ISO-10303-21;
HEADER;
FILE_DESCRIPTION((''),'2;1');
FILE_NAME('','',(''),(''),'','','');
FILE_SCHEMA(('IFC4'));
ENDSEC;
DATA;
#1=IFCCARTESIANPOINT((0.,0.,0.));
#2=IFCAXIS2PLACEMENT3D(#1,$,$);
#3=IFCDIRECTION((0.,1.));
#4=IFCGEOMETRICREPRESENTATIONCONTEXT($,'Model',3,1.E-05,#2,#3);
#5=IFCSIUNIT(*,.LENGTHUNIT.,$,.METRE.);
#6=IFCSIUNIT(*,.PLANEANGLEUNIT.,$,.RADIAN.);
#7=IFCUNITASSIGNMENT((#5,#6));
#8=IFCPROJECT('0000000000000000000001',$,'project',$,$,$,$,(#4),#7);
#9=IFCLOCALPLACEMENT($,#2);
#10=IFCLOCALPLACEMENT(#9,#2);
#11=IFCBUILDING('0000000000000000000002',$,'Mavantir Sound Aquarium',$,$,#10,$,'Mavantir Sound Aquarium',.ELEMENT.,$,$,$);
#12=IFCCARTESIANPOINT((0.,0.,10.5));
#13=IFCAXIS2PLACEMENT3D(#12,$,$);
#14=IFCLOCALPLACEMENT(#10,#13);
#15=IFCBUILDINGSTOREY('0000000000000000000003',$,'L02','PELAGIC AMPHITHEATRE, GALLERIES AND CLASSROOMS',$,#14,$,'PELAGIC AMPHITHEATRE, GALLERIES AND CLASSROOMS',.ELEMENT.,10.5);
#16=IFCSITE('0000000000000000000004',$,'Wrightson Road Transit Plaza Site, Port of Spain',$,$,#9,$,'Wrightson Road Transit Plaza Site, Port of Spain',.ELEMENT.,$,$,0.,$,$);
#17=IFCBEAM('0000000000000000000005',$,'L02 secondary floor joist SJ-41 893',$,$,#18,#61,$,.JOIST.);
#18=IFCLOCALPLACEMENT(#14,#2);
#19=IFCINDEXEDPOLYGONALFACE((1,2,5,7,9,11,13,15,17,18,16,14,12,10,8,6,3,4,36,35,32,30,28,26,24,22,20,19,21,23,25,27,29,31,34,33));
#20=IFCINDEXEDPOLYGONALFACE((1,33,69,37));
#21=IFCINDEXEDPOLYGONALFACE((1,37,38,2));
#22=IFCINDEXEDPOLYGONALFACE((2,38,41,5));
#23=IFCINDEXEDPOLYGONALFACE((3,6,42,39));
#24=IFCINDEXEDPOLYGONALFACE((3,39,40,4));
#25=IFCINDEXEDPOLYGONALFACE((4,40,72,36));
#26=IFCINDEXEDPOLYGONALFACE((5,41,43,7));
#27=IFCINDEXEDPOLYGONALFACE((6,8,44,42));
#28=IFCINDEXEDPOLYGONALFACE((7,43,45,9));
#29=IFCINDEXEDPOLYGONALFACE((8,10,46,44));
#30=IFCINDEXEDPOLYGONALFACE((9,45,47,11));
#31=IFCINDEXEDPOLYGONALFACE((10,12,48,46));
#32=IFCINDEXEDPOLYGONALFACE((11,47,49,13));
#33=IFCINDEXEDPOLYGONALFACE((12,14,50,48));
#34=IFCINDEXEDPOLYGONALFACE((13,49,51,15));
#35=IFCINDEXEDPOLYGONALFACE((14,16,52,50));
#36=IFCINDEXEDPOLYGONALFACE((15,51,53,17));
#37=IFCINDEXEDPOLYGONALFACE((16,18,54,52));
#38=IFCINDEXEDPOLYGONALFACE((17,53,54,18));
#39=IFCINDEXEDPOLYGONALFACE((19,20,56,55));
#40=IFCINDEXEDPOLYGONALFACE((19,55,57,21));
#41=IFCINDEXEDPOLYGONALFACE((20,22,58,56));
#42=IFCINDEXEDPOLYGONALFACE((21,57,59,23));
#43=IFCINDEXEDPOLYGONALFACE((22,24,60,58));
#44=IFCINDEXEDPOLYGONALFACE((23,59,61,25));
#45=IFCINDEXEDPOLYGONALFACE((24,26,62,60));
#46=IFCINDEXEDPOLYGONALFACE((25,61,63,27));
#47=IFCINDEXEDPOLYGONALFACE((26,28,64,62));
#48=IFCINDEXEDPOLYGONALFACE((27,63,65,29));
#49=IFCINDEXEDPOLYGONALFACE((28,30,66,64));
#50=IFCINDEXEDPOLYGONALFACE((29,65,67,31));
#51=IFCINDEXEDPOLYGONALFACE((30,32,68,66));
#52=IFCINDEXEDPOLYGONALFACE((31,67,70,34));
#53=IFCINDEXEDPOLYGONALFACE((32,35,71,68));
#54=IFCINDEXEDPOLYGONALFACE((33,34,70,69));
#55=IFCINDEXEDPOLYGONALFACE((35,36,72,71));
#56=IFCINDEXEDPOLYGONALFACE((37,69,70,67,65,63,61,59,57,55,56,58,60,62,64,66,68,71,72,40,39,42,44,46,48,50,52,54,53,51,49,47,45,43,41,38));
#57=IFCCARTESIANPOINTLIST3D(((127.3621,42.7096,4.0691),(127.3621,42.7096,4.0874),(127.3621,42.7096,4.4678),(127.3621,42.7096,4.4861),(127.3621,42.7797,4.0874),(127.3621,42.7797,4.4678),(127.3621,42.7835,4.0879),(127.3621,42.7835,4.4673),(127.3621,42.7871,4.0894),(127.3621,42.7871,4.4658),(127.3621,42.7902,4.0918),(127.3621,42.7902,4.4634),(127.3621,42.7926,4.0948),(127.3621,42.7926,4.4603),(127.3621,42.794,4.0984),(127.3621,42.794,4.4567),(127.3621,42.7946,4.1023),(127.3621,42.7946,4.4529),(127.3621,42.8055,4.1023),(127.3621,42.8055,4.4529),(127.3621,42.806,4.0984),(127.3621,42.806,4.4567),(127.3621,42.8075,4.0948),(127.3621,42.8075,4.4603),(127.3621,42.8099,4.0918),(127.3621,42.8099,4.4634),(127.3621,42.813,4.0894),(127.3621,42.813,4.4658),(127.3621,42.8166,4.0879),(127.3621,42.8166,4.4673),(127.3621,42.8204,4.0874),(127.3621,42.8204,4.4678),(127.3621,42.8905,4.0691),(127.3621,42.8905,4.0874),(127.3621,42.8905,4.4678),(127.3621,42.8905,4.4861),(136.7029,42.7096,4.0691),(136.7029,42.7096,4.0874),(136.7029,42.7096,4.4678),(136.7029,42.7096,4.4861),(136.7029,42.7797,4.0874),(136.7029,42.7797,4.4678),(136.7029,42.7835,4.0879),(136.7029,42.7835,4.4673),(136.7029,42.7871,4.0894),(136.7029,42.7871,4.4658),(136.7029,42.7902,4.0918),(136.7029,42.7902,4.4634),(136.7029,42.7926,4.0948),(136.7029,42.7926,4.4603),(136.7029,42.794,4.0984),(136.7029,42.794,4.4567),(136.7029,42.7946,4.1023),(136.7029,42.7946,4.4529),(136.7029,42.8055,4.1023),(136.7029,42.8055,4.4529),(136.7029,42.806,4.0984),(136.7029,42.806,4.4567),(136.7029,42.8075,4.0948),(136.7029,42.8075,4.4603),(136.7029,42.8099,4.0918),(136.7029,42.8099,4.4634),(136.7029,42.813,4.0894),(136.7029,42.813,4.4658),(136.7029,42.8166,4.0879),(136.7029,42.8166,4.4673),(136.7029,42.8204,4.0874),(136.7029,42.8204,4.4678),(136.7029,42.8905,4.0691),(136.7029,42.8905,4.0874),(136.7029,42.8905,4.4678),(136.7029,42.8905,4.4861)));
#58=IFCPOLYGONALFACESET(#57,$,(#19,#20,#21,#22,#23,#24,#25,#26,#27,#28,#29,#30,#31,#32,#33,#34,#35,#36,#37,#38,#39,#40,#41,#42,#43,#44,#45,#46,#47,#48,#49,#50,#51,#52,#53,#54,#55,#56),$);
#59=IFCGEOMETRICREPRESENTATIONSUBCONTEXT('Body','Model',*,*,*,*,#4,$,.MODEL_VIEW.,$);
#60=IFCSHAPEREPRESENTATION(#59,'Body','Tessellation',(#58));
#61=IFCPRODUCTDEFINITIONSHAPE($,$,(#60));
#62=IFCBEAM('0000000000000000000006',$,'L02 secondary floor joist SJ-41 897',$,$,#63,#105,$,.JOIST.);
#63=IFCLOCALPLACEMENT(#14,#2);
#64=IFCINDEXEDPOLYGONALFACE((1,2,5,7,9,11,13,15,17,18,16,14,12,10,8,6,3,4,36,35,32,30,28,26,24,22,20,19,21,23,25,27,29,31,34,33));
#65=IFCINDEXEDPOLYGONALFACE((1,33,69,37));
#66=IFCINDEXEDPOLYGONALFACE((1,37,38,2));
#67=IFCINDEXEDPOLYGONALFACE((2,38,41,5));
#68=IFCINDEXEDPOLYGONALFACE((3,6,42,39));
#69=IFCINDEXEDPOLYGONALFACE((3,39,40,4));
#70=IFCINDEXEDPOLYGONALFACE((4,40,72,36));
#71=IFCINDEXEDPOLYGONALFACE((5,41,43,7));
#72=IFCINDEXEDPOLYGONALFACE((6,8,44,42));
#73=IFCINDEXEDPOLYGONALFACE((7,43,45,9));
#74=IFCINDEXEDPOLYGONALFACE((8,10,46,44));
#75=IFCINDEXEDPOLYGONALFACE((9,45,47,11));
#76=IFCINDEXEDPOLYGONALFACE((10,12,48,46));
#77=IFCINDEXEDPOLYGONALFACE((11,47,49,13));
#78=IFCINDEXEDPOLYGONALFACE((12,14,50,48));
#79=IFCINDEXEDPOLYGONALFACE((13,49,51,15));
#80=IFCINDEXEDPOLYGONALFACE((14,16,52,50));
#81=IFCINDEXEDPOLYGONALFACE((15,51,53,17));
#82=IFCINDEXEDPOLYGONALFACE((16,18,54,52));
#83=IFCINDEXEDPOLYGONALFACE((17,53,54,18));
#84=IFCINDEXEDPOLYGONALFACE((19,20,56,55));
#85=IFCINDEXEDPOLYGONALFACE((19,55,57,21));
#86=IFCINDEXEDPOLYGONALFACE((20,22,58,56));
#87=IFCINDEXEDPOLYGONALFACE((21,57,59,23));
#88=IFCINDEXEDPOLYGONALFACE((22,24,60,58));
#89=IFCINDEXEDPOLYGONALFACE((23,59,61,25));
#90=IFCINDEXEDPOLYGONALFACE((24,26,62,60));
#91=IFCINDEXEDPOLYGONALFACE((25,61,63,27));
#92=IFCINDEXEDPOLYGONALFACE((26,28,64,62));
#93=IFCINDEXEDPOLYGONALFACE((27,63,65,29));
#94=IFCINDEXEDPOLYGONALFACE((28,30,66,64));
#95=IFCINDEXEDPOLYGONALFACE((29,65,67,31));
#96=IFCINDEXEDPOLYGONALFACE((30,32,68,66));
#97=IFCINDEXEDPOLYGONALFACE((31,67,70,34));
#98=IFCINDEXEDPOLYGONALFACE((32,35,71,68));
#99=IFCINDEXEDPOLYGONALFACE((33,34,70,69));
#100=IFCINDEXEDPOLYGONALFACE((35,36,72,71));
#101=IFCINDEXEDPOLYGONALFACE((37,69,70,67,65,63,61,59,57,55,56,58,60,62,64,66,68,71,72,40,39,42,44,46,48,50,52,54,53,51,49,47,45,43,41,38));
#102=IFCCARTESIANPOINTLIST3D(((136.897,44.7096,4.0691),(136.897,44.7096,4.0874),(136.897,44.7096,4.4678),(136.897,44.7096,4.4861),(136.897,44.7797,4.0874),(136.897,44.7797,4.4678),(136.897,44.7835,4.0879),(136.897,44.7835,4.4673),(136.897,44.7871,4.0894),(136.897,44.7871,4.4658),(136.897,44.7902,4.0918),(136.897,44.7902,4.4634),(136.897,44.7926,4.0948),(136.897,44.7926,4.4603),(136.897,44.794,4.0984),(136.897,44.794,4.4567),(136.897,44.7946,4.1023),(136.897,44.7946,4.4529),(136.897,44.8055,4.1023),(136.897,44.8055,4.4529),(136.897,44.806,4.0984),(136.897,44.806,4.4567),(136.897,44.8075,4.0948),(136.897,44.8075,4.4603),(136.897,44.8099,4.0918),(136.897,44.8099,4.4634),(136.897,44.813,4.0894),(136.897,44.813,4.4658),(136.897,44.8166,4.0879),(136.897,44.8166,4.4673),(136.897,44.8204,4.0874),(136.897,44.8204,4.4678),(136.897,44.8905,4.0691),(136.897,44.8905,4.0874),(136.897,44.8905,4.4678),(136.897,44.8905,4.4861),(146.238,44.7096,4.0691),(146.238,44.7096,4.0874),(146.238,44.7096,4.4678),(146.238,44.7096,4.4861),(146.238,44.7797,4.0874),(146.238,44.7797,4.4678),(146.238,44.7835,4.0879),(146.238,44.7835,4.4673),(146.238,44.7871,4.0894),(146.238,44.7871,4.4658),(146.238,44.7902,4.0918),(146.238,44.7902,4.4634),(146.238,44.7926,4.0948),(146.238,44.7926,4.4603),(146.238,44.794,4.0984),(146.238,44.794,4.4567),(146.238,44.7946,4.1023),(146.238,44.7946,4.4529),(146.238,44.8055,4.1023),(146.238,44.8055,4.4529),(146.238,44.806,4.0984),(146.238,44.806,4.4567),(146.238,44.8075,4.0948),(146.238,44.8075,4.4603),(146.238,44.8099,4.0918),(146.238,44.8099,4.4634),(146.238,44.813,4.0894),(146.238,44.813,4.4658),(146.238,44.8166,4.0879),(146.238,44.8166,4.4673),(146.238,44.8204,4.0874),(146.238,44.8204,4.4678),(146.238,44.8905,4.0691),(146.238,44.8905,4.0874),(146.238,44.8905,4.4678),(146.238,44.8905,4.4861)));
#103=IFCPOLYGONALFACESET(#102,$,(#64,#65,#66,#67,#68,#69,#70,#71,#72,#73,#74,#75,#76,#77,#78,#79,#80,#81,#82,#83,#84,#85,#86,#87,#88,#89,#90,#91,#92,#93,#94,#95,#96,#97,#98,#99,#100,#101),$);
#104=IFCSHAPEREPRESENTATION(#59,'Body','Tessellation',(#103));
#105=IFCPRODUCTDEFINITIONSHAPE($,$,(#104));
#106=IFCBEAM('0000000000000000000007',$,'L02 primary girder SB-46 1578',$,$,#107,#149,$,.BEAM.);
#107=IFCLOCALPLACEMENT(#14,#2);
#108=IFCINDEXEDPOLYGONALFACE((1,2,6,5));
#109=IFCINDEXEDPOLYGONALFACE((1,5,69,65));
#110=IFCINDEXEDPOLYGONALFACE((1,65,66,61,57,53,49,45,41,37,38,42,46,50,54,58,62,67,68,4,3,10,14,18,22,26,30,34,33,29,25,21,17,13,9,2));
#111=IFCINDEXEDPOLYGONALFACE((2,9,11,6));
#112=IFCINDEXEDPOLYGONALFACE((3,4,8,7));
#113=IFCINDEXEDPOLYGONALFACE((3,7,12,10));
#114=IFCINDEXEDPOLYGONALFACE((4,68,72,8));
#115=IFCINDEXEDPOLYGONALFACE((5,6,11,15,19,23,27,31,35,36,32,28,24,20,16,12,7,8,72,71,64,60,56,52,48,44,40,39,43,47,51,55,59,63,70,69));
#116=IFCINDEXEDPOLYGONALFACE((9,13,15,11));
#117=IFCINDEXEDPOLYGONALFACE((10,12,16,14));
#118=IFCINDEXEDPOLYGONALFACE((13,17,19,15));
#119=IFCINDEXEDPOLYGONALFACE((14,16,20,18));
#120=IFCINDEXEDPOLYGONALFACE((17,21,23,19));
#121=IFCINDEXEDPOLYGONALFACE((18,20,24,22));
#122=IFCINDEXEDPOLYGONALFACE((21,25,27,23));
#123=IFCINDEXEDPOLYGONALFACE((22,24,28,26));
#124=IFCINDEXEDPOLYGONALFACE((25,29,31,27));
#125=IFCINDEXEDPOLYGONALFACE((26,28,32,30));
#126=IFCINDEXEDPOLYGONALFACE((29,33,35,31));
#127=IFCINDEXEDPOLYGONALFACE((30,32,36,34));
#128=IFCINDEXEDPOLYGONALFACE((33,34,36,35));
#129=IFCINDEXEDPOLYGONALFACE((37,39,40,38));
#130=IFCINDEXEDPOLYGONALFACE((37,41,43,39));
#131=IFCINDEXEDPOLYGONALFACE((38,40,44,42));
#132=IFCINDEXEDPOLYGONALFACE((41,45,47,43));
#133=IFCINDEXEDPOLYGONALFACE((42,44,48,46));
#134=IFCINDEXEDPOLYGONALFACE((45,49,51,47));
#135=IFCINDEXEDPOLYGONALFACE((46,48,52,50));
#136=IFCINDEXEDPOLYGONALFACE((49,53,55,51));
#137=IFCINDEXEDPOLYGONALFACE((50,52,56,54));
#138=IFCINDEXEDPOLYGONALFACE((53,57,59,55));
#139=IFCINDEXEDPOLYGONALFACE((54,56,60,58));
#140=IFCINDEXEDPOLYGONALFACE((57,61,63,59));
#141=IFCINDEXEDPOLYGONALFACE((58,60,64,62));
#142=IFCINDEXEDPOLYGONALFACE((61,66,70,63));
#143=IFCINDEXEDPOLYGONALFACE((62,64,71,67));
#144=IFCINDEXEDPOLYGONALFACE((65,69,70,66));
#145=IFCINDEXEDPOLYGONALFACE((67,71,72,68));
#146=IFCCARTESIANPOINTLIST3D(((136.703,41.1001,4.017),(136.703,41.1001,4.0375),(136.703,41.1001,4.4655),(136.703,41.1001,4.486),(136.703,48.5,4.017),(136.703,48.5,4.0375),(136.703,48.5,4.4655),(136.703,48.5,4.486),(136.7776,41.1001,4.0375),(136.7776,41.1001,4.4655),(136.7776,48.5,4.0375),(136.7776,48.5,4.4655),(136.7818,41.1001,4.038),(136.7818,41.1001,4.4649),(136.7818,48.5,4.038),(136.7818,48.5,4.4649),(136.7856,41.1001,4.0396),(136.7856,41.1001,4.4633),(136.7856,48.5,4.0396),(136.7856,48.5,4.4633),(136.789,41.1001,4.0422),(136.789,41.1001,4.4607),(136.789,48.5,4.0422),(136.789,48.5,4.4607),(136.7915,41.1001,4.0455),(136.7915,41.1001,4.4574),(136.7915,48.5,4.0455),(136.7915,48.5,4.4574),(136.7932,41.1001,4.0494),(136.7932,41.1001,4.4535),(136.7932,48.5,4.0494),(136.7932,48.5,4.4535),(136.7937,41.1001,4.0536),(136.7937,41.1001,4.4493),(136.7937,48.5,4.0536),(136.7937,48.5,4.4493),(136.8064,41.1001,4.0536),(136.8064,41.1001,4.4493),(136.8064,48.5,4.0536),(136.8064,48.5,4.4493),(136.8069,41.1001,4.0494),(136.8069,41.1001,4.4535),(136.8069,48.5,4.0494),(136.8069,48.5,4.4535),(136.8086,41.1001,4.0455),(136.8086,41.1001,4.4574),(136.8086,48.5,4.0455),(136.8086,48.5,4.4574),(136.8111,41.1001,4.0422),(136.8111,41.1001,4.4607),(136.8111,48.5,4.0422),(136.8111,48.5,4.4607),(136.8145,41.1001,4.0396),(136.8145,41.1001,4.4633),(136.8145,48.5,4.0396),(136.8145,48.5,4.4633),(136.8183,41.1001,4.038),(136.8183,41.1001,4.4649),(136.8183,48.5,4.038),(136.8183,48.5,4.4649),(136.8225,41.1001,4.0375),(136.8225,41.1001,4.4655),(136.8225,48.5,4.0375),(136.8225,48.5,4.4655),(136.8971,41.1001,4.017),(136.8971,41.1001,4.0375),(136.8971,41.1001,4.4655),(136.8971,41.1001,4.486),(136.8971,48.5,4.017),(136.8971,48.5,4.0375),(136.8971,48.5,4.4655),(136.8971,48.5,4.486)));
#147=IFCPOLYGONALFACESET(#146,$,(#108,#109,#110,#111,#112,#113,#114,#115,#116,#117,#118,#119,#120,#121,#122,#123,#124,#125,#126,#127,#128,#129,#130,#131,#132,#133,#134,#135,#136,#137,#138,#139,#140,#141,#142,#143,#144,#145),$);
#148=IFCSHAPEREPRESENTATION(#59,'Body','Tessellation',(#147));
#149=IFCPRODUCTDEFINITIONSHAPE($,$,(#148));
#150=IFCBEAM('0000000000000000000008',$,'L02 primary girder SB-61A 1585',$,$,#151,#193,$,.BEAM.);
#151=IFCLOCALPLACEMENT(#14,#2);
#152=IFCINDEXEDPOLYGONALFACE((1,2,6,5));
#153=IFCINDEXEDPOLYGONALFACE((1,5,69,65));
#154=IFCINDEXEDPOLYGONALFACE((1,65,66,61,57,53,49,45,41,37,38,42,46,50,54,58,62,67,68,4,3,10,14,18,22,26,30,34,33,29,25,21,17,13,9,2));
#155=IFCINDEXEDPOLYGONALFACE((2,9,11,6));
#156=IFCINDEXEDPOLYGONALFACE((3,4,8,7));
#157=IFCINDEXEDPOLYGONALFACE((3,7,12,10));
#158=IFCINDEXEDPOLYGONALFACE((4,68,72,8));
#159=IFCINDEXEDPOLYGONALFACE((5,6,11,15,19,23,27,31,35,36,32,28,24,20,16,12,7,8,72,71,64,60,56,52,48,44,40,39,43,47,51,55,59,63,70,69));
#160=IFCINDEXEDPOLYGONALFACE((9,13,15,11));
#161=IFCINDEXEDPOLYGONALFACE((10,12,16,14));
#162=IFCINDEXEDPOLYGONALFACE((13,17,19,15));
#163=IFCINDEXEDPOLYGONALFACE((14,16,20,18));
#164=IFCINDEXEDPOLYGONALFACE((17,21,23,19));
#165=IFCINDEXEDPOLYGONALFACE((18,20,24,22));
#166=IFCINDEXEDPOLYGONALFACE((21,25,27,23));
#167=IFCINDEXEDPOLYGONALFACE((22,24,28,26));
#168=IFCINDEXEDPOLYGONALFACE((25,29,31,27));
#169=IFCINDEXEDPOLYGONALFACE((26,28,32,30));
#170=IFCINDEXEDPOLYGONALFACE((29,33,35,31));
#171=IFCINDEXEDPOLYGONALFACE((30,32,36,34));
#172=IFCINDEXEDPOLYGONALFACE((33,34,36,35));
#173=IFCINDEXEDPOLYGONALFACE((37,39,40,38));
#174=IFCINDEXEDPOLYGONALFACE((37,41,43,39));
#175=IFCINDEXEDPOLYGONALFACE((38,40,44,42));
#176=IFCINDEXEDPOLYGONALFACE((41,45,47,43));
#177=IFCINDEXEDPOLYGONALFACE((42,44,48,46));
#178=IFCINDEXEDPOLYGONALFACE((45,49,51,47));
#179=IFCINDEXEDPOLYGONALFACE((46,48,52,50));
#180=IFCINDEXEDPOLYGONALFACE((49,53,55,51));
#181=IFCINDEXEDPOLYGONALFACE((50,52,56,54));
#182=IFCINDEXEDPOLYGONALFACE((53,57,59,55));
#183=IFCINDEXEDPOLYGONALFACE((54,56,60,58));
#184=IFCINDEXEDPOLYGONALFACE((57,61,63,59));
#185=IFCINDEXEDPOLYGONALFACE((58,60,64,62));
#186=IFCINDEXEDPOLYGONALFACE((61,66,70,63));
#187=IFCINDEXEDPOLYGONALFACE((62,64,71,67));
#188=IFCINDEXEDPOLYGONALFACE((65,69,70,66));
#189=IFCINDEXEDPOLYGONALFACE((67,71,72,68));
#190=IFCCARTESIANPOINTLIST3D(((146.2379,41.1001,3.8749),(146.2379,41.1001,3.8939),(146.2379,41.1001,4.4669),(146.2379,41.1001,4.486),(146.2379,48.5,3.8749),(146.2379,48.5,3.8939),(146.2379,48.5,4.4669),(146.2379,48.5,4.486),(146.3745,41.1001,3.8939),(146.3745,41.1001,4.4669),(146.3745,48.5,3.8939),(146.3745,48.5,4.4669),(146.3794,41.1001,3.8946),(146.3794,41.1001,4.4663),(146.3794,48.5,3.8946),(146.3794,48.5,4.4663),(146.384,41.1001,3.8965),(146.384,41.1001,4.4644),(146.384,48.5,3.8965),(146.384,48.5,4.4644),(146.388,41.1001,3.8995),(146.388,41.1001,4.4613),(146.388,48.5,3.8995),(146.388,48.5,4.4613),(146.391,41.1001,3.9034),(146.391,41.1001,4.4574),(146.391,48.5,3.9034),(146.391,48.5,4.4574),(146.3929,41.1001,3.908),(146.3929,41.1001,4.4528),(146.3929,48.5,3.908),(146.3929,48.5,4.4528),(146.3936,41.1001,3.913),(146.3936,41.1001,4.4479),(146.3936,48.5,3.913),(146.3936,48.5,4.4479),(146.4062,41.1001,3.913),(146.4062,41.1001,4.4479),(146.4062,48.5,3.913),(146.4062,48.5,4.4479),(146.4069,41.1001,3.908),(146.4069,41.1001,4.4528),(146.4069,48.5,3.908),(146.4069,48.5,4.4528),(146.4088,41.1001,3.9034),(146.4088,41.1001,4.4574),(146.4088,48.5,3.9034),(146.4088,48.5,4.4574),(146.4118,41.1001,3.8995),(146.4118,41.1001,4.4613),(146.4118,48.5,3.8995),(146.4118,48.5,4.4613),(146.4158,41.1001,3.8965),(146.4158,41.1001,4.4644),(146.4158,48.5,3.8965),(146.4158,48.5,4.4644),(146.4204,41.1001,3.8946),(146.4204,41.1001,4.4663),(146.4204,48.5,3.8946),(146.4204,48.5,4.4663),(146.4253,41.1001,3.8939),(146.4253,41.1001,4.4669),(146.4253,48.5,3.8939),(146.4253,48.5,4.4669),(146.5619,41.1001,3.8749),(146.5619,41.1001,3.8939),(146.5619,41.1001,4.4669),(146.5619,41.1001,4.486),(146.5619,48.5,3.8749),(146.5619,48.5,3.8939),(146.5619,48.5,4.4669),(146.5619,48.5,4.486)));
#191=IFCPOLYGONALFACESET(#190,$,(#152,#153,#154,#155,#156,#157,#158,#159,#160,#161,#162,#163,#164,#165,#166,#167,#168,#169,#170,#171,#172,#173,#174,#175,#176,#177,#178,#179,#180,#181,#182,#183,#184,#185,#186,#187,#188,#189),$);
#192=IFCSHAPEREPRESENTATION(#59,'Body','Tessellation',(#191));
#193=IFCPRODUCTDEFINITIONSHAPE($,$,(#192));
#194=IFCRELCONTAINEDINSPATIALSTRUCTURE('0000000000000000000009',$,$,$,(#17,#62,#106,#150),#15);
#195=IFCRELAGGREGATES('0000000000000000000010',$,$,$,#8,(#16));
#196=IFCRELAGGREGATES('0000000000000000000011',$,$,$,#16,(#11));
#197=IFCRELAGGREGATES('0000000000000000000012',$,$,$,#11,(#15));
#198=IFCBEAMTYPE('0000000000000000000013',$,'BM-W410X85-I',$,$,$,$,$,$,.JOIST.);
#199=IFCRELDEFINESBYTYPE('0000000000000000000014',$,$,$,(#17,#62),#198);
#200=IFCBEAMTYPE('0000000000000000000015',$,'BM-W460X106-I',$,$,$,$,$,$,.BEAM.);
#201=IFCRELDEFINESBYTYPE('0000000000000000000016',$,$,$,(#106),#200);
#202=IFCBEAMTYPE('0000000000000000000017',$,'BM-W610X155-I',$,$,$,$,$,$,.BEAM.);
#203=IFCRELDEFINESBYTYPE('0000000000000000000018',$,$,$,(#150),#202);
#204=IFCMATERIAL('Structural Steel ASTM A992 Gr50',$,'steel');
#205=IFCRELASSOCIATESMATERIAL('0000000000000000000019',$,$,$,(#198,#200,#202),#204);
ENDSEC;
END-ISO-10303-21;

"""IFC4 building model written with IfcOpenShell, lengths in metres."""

from ifc_helpers import new_model, si_unit, direction, frame, origin, origin_2d, place, context, subcontext, project, spatial, i_section, extrude, material, material_profile, profile_set, type_object, element, save


model = new_model("IFC4")

# Units and contexts
model_context = context("Model", 3, precision=1e-05, world=origin(), true_north=direction((0.0, 1.0)))
body_context = subcontext(model_context, "Body", "Model", "MODEL_VIEW")
ifc_project = project(units=[si_unit("LENGTHUNIT", "METRE"), si_unit("PLANEANGLEUNIT", "RADIAN")], contexts=[model_context])

# Site, building, storey
site_placement = place(None, origin())
site = spatial("IfcSite", under=ifc_project, at=site_placement, Name="Wrightson Road Transit Plaza Site, Port of Spain", LongName="Wrightson Road Transit Plaza Site, Port of Spain", CompositionType="ELEMENT", RefElevation=0.0)
building_placement = place(site_placement, origin())
building = spatial("IfcBuilding", under=site, at=building_placement, Name="Mavantir Sound Aquarium", LongName="Mavantir Sound Aquarium", CompositionType="ELEMENT")
storey_placement = place(building_placement, frame((0.0, 0.0, 10.5)))
storey = spatial("IfcBuildingStorey", under=building, at=storey_placement, Name="L02", Description="PELAGIC AMPHITHEATRE, GALLERIES AND CLASSROOMS", LongName="PELAGIC AMPHITHEATRE, GALLERIES AND CLASSROOMS", CompositionType="ELEMENT", Elevation=10.5)

# Beams
ifc_material_1 = material(Name="Structural Steel ASTM A992 Gr50", Category="steel")
ifc_material_profile_1 = material_profile(ifc_material_1, i_section(OverallWidth=0.1809, OverallDepth=0.417, WebThickness=0.011, FlangeThickness=0.0183, FilletRadius=0.0149, at=origin_2d()), Name="W410X85")
ifc_profile_set_1 = profile_set([ifc_material_profile_1], Name="Structural Steel ASTM A992 Gr50")
beam_type_1 = type_object("IfcBeamType", Name="BM-W410X85-I", PredefinedType="JOIST", material=ifc_profile_set_1)
beam_1_placement = place(storey_placement, frame((127.3621, 42.8, 4.2776), z_axis=(1.0, 0.0, 0.0), x_axis=(0.0, 1.0, 0.0)))
element("IfcBeam", 1, at=beam_1_placement, inside=storey, type_object=beam_type_1, Name="L02 secondary floor joist SJ-41 893", PredefinedType="JOIST", context=body_context, shape_type="SweptSolid", body=[
    extrude(i_section(OverallWidth=0.1809, OverallDepth=0.417, WebThickness=0.011, FlangeThickness=0.0183, FilletRadius=0.0149, at=origin_2d()), origin(), (0.0, 0.0, 1.0), 9.3408),
])
beam_2_placement = place(storey_placement, frame((136.897, 44.8, 4.2776), z_axis=(1.0, 0.0, 0.0), x_axis=(0.0, 1.0, 0.0)))
element("IfcBeam", 2, at=beam_2_placement, inside=storey, type_object=beam_type_1, Name="L02 secondary floor joist SJ-41 897", PredefinedType="JOIST", context=body_context, shape_type="SweptSolid", body=[
    extrude(i_section(OverallWidth=0.1809, OverallDepth=0.417, WebThickness=0.011, FlangeThickness=0.0183, FilletRadius=0.0149, at=origin_2d()), origin(), (0.0, 0.0, 1.0), 9.3411),
])
ifc_material_profile_2 = material_profile(ifc_material_1, i_section(OverallWidth=0.1941, OverallDepth=0.469, WebThickness=0.0127, FlangeThickness=0.0205, FilletRadius=0.0161, at=origin_2d()), Name="W460X106")
ifc_profile_set_2 = profile_set([ifc_material_profile_2], Name="Structural Steel ASTM A992 Gr50")
beam_type_2 = type_object("IfcBeamType", Name="BM-W460X106-I", PredefinedType="BEAM", material=ifc_profile_set_2)
beam_3_placement = place(storey_placement, frame((136.8, 41.1001, 4.2515), z_axis=(0.0, 1.0, 0.0), x_axis=(-1.0, 0.0, 0.0)))
element("IfcBeam", 3, at=beam_3_placement, inside=storey, type_object=beam_type_2, Name="L02 primary girder SB-46 1578", PredefinedType="BEAM", context=body_context, shape_type="SweptSolid", body=[
    extrude(i_section(OverallWidth=0.1941, OverallDepth=0.469, WebThickness=0.0127, FlangeThickness=0.0205, FilletRadius=0.0161, at=origin_2d()), origin(), (0.0, 0.0, 1.0), 7.3999),
])
ifc_material_profile_3 = material_profile(ifc_material_1, i_section(OverallWidth=0.324, OverallDepth=0.6111, WebThickness=0.0127, FlangeThickness=0.019, FilletRadius=0.019, at=origin_2d()), Name="W610X155")
ifc_profile_set_3 = profile_set([ifc_material_profile_3], Name="Structural Steel ASTM A992 Gr50")
beam_type_3 = type_object("IfcBeamType", Name="BM-W610X155-I", PredefinedType="BEAM", material=ifc_profile_set_3)
beam_4_placement = place(storey_placement, frame((146.3999, 41.1001, 4.1804), z_axis=(0.0, 1.0, 0.0), x_axis=(-1.0, 0.0, 0.0)))
element("IfcBeam", 4, at=beam_4_placement, inside=storey, type_object=beam_type_3, Name="L02 primary girder SB-61A 1585", PredefinedType="BEAM", context=body_context, shape_type="SweptSolid", body=[
    extrude(i_section(OverallWidth=0.324, OverallDepth=0.6111, WebThickness=0.0127, FlangeThickness=0.019, FilletRadius=0.019, at=origin_2d()), origin(), (0.0, 0.0, 1.0), 7.3999),
])

save(model, "model.ifc")
